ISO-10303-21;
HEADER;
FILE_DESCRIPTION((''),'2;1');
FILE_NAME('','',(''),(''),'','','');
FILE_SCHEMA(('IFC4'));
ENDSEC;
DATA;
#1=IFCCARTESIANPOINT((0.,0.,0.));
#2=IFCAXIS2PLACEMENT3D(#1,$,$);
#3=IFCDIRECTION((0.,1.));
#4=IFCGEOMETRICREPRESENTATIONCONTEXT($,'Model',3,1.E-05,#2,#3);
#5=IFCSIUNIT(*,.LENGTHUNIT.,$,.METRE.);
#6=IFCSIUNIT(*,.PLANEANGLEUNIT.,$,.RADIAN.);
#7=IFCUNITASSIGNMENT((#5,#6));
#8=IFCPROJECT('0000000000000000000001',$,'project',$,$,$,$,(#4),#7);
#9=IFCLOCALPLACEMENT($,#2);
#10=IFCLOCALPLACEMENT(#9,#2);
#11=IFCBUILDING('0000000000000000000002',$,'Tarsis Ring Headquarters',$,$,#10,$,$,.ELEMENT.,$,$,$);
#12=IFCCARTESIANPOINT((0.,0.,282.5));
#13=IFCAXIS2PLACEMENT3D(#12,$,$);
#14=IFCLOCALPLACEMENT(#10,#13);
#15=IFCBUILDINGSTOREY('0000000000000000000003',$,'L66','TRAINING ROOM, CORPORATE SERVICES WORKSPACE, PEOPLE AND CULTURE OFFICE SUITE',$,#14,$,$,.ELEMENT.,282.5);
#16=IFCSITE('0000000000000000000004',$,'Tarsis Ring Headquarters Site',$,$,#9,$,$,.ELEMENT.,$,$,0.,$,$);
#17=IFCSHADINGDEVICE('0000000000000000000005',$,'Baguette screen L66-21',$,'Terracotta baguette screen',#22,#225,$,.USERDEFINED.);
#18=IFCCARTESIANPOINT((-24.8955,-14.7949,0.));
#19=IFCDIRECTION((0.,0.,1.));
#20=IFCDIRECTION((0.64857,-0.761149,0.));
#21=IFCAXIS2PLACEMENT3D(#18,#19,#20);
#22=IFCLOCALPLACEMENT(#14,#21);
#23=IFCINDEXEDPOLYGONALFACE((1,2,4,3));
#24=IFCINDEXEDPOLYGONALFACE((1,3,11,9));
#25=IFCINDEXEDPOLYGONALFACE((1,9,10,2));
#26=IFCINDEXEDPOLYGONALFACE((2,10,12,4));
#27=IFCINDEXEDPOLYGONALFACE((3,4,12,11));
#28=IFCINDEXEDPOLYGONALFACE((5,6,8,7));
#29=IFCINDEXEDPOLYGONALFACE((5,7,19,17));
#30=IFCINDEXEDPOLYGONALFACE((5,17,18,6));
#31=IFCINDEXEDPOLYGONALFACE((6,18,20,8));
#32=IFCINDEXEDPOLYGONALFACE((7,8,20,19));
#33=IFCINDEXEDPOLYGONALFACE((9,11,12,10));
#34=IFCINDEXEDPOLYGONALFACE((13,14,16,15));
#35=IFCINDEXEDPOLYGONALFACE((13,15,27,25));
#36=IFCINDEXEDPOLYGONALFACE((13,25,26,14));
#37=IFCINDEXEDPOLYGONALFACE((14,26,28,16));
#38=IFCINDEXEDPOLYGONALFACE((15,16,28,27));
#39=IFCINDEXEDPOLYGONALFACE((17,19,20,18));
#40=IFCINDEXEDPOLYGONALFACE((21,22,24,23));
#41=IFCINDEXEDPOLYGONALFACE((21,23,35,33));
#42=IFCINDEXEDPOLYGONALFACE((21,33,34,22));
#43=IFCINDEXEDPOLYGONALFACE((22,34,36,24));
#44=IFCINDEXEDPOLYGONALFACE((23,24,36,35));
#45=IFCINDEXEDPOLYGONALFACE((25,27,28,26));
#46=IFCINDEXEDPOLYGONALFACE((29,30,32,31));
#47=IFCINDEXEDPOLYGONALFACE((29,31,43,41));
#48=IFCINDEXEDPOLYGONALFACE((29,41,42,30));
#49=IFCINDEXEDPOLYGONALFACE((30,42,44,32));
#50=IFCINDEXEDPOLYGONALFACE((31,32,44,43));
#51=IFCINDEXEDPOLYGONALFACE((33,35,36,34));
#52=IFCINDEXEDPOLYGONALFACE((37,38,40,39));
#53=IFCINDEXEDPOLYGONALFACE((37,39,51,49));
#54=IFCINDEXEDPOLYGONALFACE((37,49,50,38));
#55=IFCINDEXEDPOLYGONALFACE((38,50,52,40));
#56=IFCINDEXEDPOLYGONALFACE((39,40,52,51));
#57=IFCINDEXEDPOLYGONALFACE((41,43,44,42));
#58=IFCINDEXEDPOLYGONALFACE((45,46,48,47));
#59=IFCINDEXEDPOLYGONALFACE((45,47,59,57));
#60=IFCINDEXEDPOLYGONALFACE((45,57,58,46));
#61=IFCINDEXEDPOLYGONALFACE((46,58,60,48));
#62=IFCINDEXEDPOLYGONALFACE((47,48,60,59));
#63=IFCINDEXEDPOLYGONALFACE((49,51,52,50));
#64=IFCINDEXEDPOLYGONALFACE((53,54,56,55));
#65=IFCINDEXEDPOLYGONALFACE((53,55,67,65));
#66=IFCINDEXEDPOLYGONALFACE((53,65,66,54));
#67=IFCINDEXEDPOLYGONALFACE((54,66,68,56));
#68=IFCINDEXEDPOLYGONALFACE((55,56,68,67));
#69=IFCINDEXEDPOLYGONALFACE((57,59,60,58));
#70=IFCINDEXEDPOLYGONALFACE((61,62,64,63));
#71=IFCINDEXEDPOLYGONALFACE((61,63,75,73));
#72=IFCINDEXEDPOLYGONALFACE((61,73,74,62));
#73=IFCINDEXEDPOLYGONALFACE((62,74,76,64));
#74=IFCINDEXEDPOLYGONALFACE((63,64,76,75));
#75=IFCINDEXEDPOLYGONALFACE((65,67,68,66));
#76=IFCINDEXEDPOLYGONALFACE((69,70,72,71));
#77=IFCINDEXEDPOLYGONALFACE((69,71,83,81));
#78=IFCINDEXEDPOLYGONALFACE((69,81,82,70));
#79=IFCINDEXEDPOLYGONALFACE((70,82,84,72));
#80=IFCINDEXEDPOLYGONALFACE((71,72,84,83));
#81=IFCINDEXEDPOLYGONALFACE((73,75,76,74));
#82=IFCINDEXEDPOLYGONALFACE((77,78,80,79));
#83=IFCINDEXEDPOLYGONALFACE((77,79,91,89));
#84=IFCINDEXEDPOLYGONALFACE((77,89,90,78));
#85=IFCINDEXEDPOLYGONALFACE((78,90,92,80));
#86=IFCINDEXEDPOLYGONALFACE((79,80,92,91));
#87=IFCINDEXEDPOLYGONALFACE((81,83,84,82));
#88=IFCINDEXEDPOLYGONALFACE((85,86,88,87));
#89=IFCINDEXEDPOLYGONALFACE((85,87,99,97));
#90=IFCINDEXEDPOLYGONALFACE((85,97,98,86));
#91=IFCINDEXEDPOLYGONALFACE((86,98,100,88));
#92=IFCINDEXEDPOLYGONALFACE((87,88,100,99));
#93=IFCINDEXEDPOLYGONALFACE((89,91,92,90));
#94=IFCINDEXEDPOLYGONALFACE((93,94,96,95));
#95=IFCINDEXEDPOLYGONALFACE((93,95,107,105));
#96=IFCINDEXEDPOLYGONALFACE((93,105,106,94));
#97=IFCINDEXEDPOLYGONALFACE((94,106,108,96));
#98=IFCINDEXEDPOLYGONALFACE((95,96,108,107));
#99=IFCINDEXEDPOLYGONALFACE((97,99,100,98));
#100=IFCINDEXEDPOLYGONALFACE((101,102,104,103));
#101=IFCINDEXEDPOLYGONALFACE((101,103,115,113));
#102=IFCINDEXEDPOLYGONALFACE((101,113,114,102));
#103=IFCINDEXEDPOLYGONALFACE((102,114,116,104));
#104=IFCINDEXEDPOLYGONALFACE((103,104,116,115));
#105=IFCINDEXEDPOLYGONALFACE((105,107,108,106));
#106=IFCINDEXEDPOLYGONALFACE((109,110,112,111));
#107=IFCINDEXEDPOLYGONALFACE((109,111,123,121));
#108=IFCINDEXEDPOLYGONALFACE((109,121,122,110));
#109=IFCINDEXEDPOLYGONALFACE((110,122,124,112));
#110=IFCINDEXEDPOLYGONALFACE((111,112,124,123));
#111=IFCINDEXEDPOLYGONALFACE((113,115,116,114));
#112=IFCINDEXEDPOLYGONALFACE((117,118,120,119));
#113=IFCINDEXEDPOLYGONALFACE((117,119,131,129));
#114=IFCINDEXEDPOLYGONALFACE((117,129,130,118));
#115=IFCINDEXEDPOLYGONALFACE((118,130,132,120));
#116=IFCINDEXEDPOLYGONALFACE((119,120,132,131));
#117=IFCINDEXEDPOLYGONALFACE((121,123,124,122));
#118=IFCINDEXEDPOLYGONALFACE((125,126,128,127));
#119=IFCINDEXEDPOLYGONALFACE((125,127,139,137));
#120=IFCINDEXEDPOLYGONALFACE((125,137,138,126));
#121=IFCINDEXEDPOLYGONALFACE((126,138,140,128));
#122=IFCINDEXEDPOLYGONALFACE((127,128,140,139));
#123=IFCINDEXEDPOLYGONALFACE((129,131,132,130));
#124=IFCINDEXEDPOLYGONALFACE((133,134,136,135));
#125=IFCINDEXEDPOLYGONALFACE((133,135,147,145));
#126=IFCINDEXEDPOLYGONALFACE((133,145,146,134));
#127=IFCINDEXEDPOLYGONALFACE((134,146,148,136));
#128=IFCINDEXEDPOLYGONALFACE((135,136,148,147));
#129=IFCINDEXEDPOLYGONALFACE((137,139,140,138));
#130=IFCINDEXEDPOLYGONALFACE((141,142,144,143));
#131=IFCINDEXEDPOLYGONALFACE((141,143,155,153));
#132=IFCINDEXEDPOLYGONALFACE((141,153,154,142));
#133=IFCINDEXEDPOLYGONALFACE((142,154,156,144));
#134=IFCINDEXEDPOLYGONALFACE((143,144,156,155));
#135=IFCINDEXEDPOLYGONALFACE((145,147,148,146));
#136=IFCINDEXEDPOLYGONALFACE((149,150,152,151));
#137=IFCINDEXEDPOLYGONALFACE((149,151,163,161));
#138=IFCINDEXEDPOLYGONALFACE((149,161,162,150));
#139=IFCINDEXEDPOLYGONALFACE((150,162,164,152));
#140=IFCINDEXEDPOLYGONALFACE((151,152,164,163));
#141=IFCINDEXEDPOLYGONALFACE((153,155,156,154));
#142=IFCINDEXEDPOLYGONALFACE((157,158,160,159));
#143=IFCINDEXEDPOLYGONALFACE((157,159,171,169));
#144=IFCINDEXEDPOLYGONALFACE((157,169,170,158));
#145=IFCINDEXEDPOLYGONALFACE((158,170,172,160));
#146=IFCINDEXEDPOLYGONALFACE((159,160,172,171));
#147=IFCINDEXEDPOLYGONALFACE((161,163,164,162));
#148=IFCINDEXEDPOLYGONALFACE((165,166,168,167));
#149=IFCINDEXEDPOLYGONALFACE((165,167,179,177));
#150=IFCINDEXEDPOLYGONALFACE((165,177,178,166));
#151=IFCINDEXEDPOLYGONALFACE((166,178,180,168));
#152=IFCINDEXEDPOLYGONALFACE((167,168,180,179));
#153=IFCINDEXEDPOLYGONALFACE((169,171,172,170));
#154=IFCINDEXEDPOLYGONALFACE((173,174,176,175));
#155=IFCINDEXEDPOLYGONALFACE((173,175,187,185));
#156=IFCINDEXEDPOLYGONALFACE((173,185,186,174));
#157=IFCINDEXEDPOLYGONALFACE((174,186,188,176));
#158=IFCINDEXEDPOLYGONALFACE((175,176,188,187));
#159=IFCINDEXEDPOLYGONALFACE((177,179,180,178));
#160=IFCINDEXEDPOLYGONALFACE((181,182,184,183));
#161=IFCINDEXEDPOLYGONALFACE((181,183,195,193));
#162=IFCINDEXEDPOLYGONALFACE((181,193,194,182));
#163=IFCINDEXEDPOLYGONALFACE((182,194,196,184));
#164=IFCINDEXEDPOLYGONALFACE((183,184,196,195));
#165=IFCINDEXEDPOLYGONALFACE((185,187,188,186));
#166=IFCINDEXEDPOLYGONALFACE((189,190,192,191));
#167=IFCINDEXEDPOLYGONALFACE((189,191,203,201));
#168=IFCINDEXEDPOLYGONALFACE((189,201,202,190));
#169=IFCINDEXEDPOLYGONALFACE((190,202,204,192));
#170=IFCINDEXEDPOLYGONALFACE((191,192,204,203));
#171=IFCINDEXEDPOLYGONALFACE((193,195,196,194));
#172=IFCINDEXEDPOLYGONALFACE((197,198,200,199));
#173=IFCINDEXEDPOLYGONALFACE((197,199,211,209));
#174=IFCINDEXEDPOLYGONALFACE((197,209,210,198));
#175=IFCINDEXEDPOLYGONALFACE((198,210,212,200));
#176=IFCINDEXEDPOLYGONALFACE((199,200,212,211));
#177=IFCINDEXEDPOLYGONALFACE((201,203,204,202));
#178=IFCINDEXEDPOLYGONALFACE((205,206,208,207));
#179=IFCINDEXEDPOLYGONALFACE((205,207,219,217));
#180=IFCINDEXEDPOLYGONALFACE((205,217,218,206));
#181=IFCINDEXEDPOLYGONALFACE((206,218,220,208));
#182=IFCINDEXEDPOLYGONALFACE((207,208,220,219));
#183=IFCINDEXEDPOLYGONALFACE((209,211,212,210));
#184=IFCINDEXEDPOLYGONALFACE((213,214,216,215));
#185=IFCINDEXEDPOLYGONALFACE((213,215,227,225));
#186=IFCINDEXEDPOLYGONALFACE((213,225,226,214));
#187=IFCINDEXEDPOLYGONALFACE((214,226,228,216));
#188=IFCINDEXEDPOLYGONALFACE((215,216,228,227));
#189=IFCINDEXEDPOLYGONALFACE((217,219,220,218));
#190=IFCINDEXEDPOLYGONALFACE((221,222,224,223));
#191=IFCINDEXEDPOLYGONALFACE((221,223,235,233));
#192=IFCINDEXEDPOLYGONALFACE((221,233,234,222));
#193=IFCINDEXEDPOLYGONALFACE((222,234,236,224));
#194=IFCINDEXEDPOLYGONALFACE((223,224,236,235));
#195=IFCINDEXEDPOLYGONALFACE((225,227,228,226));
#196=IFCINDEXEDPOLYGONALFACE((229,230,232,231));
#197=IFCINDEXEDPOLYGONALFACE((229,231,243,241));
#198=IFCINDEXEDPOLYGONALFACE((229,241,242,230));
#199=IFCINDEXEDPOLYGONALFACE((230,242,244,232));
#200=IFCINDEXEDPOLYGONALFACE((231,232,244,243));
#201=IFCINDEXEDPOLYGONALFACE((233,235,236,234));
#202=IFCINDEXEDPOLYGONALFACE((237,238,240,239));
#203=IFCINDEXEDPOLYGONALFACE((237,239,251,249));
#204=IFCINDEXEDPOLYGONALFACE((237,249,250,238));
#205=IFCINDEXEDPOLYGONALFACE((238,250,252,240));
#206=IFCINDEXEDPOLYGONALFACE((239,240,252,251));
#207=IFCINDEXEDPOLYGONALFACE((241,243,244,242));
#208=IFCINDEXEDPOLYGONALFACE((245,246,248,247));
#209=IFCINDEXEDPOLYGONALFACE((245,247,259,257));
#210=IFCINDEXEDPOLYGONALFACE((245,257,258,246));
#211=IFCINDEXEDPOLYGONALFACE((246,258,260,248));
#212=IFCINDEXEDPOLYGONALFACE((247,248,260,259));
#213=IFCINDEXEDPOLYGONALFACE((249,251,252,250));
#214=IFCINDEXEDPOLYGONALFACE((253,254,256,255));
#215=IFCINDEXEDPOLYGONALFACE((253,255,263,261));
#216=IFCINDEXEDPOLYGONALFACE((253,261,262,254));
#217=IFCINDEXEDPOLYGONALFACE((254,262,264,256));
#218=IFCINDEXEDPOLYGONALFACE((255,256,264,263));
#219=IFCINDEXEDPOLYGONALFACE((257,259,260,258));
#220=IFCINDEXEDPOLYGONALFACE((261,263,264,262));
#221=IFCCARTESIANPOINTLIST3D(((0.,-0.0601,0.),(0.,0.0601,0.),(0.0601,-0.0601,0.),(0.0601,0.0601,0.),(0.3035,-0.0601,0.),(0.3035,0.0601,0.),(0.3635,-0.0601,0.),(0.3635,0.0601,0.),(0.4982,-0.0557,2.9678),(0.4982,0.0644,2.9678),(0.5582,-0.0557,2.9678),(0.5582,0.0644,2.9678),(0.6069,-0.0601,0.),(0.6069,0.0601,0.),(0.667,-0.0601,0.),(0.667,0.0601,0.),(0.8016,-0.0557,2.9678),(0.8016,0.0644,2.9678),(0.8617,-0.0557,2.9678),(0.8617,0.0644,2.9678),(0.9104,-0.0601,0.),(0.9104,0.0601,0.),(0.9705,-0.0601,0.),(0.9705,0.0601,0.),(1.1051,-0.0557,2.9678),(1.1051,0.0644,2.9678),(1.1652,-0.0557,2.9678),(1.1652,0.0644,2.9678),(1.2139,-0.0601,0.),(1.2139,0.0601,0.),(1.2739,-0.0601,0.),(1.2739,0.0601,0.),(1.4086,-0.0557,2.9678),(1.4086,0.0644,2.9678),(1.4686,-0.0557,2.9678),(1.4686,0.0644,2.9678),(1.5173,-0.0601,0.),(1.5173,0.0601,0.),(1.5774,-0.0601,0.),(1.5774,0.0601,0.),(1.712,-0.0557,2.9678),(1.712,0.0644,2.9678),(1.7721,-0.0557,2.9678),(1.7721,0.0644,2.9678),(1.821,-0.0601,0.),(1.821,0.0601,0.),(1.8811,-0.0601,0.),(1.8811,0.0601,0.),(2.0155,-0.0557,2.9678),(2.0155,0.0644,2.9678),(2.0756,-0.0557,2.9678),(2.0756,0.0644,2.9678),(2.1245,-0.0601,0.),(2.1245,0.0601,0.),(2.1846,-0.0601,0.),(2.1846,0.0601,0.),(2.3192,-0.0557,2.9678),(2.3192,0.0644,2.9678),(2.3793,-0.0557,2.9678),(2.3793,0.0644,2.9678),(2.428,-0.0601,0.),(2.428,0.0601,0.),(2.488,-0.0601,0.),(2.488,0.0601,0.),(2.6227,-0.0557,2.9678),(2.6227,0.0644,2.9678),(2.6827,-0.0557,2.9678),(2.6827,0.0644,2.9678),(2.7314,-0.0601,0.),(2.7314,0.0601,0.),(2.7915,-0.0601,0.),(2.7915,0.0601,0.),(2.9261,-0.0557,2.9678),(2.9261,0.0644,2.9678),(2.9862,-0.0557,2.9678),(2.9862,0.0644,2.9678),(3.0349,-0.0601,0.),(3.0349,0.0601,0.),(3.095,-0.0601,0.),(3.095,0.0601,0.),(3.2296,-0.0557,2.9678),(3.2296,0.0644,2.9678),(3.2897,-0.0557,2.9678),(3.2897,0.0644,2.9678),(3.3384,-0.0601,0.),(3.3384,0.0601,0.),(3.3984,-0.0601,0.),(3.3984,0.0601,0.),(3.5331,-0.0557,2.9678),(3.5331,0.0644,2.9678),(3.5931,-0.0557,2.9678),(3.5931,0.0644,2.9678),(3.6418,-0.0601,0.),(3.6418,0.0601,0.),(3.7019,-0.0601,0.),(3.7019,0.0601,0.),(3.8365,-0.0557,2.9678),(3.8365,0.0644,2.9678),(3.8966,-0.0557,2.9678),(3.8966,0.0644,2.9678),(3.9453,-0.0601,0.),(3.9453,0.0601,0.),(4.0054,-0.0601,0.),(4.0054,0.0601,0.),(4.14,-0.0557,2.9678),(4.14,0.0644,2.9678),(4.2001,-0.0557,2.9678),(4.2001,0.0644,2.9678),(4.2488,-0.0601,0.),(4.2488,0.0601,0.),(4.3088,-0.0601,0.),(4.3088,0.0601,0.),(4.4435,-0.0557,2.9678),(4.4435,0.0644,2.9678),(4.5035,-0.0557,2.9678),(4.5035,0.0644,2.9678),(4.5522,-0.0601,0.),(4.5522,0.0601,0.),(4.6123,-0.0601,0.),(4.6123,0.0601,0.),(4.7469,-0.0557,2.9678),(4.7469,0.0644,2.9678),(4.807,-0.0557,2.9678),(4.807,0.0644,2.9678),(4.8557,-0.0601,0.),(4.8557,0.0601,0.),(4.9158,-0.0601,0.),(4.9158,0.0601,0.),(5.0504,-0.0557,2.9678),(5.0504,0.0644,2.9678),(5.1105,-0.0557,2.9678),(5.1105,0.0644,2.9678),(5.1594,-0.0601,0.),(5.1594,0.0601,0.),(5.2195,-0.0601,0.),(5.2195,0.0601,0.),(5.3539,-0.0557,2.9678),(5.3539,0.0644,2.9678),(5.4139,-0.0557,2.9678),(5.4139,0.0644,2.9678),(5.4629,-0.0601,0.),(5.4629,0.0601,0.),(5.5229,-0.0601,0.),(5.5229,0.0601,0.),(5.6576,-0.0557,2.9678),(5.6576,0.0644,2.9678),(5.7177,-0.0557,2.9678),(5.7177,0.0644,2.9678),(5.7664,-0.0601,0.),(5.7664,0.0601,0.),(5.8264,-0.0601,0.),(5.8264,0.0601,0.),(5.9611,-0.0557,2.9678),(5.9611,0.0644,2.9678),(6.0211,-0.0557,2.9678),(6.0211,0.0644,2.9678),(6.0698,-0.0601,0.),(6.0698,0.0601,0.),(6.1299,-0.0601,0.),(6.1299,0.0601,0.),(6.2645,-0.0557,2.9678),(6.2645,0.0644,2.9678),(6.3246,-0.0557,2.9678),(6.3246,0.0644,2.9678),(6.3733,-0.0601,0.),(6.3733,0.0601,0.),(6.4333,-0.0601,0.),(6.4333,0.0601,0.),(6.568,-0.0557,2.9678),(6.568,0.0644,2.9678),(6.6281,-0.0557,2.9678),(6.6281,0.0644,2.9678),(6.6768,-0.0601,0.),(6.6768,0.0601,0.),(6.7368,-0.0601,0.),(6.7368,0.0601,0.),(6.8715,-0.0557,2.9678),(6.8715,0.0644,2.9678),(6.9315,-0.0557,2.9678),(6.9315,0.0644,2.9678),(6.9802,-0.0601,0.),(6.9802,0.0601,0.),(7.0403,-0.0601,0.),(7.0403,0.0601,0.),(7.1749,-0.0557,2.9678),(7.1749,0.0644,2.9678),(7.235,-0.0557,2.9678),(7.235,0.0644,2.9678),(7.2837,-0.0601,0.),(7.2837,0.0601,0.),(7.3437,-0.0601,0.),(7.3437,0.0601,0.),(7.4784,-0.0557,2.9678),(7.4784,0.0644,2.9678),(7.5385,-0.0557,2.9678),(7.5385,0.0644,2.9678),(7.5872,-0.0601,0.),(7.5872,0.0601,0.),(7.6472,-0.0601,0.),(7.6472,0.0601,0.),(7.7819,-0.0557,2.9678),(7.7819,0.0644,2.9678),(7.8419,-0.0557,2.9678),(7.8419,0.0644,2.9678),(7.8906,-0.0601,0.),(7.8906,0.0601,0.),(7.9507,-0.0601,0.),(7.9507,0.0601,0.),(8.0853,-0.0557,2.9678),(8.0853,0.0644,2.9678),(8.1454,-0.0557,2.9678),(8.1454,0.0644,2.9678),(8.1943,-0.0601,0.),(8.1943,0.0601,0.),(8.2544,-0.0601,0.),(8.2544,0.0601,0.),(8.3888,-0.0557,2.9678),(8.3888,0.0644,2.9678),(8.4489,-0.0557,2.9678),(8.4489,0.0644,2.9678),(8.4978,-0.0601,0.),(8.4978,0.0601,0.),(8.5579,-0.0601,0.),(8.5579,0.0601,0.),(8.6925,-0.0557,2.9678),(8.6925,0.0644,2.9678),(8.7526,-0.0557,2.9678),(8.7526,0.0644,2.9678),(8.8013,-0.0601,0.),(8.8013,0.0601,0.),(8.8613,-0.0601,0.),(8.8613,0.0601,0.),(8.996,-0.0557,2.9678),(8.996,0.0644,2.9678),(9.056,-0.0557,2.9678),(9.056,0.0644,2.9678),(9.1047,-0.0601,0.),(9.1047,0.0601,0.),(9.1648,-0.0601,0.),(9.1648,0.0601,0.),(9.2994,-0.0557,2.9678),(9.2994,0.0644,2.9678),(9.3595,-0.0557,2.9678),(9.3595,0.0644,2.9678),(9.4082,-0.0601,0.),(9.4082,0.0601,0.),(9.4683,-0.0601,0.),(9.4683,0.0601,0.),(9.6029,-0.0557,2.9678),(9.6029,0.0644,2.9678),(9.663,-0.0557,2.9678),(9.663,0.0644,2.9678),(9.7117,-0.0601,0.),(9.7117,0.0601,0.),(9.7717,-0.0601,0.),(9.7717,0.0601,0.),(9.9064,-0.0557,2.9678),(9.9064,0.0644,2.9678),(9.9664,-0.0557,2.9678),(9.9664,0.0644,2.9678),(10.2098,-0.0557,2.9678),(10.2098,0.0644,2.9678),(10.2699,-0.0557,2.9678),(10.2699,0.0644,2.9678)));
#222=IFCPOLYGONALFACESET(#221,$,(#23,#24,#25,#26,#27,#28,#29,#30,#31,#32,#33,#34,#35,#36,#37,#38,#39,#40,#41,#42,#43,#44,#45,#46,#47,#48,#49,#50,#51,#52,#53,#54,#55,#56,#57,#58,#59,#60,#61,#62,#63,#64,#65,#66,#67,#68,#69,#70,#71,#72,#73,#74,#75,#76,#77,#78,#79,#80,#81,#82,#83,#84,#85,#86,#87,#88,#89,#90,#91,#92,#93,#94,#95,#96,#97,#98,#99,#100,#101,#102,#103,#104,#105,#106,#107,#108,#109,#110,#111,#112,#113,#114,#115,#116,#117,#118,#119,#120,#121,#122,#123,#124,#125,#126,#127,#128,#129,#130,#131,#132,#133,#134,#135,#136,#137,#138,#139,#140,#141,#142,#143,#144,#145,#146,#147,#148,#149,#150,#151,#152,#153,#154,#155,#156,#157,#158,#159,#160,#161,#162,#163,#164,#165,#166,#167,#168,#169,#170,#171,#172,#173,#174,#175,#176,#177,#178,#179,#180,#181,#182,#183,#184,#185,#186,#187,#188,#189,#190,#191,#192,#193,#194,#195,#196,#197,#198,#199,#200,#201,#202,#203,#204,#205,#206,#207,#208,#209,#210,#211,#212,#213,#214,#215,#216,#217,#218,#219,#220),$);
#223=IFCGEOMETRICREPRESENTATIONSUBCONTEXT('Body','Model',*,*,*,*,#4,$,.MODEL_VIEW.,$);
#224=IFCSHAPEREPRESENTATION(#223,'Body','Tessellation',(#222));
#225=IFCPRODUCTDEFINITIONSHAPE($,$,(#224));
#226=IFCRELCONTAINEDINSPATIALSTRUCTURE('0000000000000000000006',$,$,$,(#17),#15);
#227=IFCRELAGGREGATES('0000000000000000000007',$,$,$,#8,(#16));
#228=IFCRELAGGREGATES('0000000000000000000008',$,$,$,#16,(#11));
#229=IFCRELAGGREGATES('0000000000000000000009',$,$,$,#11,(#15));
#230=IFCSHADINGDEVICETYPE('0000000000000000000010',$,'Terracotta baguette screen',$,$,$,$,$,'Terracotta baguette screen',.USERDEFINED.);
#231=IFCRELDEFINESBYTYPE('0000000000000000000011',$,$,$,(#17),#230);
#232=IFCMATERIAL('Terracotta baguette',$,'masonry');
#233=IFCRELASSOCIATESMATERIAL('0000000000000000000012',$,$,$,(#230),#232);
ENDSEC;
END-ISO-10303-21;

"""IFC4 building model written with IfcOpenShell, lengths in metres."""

from ifc_helpers import new_model, si_unit, direction, frame, frame_2d, origin, place, context, subcontext, project, spatial, rectangle, composite_profile, extrude, material, type_object, element, save


model = new_model("IFC4")

# Units and contexts
model_context = context("Model", 3, precision=1e-05, world=origin(), true_north=direction((0.0, 1.0)))
body_context = subcontext(model_context, "Body", "Model", "MODEL_VIEW")
ifc_project = project(units=[si_unit("LENGTHUNIT", "METRE"), si_unit("PLANEANGLEUNIT", "RADIAN")], contexts=[model_context])

# Site, building, storey
site_placement = place(None, origin())
site = spatial("IfcSite", under=ifc_project, at=site_placement, Name="Tarsis Ring Headquarters Site", CompositionType="ELEMENT", RefElevation=0.0)
building_placement = place(site_placement, origin())
building = spatial("IfcBuilding", under=site, at=building_placement, Name="Tarsis Ring Headquarters", CompositionType="ELEMENT")
storey_placement = place(building_placement, frame((0.0, 0.0, 282.5)))
storey = spatial("IfcBuildingStorey", under=building, at=storey_placement, Name="L66", Description="TRAINING ROOM, CORPORATE SERVICES WORKSPACE, PEOPLE AND CULTURE OFFICE SUITE", CompositionType="ELEMENT", Elevation=282.5)

# Shading device
ifc_material_1 = material(Name="Terracotta baguette", Category="masonry")
shading_device_type = type_object("IfcShadingDeviceType", Name="Terracotta baguette screen", ElementType="Terracotta baguette screen", PredefinedType="USERDEFINED", material=ifc_material_1)
shading_device_1_placement = place(storey_placement, frame((-24.8955, -14.7949, 0.0), z_axis=(0.0, 0.0, 1.0), x_axis=(0.64857, -0.761149, 0.0)))
element("IfcShadingDevice", 1, at=shading_device_1_placement, inside=storey, type_object=shading_device_type, Name="Baguette screen L66-21", ObjectType="Terracotta baguette screen", PredefinedType="USERDEFINED", context=body_context, shape_type="SweptSolid", body=[
    extrude(composite_profile([rectangle(XDim=0.0601, YDim=0.1201, at=frame_2d((0.03, 0.0))), rectangle(XDim=0.0601, YDim=0.1201, at=frame_2d((0.3335, 0.0))), rectangle(XDim=0.0601, YDim=0.1201, at=frame_2d((0.637, 0.0))), rectangle(XDim=0.0601, YDim=0.1201, at=frame_2d((0.9404, 0.0))), rectangle(XDim=0.0601, YDim=0.1201, at=frame_2d((1.2439, 0.0))), rectangle(XDim=0.0601, YDim=0.1201, at=frame_2d((1.5474, 0.0))), rectangle(XDim=0.0601, YDim=0.1201, at=frame_2d((1.8511, 0.0))), rectangle(XDim=0.0601, YDim=0.1201, at=frame_2d((2.1545, 0.0))), rectangle(XDim=0.0601, YDim=0.1201, at=frame_2d((2.458, 0.0))), rectangle(XDim=0.0601, YDim=0.1201, at=frame_2d((2.7615, 0.0))), rectangle(XDim=0.0601, YDim=0.1201, at=frame_2d((3.0649, 0.0))), rectangle(XDim=0.0601, YDim=0.1201, at=frame_2d((3.3684, 0.0))), rectangle(XDim=0.0601, YDim=0.1201, at=frame_2d((3.6719, 0.0))), rectangle(XDim=0.0601, YDim=0.1201, at=frame_2d((3.9753, 0.0))), rectangle(XDim=0.0601, YDim=0.1201, at=frame_2d((4.2788, 0.0))), rectangle(XDim=0.0601, YDim=0.1201, at=frame_2d((4.5823, 0.0))), rectangle(XDim=0.0601, YDim=0.1201, at=frame_2d((4.8857, 0.0))), rectangle(XDim=0.0601, YDim=0.1201, at=frame_2d((5.1895, 0.0))), rectangle(XDim=0.0601, YDim=0.1201, at=frame_2d((5.4929, 0.0))), rectangle(XDim=0.0601, YDim=0.1201, at=frame_2d((5.7964, 0.0))), rectangle(XDim=0.0601, YDim=0.1201, at=frame_2d((6.0999, 0.0))), rectangle(XDim=0.0601, YDim=0.1201, at=frame_2d((6.4033, 0.0))), rectangle(XDim=0.0601, YDim=0.1201, at=frame_2d((6.7068, 0.0))), rectangle(XDim=0.0601, YDim=0.1201, at=frame_2d((7.0103, 0.0))), rectangle(XDim=0.0601, YDim=0.1201, at=frame_2d((7.3137, 0.0))), rectangle(XDim=0.0601, YDim=0.1201, at=frame_2d((7.6172, 0.0))), rectangle(XDim=0.0601, YDim=0.1201, at=frame_2d((7.9207, 0.0))), rectangle(XDim=0.0601, YDim=0.1201, at=frame_2d((8.2244, 0.0))), rectangle(XDim=0.0601, YDim=0.1201, at=frame_2d((8.5278, 0.0))), rectangle(XDim=0.0601, YDim=0.1201, at=frame_2d((8.8313, 0.0))), rectangle(XDim=0.0601, YDim=0.1201, at=frame_2d((9.1348, 0.0))), rectangle(XDim=0.0601, YDim=0.1201, at=frame_2d((9.4382, 0.0))), rectangle(XDim=0.0601, YDim=0.1201, at=frame_2d((9.7417, 0.0)))]), origin(), (0.165545, 0.001448, 0.986201), 3.0093),
])

save(model, "model.ifc")
